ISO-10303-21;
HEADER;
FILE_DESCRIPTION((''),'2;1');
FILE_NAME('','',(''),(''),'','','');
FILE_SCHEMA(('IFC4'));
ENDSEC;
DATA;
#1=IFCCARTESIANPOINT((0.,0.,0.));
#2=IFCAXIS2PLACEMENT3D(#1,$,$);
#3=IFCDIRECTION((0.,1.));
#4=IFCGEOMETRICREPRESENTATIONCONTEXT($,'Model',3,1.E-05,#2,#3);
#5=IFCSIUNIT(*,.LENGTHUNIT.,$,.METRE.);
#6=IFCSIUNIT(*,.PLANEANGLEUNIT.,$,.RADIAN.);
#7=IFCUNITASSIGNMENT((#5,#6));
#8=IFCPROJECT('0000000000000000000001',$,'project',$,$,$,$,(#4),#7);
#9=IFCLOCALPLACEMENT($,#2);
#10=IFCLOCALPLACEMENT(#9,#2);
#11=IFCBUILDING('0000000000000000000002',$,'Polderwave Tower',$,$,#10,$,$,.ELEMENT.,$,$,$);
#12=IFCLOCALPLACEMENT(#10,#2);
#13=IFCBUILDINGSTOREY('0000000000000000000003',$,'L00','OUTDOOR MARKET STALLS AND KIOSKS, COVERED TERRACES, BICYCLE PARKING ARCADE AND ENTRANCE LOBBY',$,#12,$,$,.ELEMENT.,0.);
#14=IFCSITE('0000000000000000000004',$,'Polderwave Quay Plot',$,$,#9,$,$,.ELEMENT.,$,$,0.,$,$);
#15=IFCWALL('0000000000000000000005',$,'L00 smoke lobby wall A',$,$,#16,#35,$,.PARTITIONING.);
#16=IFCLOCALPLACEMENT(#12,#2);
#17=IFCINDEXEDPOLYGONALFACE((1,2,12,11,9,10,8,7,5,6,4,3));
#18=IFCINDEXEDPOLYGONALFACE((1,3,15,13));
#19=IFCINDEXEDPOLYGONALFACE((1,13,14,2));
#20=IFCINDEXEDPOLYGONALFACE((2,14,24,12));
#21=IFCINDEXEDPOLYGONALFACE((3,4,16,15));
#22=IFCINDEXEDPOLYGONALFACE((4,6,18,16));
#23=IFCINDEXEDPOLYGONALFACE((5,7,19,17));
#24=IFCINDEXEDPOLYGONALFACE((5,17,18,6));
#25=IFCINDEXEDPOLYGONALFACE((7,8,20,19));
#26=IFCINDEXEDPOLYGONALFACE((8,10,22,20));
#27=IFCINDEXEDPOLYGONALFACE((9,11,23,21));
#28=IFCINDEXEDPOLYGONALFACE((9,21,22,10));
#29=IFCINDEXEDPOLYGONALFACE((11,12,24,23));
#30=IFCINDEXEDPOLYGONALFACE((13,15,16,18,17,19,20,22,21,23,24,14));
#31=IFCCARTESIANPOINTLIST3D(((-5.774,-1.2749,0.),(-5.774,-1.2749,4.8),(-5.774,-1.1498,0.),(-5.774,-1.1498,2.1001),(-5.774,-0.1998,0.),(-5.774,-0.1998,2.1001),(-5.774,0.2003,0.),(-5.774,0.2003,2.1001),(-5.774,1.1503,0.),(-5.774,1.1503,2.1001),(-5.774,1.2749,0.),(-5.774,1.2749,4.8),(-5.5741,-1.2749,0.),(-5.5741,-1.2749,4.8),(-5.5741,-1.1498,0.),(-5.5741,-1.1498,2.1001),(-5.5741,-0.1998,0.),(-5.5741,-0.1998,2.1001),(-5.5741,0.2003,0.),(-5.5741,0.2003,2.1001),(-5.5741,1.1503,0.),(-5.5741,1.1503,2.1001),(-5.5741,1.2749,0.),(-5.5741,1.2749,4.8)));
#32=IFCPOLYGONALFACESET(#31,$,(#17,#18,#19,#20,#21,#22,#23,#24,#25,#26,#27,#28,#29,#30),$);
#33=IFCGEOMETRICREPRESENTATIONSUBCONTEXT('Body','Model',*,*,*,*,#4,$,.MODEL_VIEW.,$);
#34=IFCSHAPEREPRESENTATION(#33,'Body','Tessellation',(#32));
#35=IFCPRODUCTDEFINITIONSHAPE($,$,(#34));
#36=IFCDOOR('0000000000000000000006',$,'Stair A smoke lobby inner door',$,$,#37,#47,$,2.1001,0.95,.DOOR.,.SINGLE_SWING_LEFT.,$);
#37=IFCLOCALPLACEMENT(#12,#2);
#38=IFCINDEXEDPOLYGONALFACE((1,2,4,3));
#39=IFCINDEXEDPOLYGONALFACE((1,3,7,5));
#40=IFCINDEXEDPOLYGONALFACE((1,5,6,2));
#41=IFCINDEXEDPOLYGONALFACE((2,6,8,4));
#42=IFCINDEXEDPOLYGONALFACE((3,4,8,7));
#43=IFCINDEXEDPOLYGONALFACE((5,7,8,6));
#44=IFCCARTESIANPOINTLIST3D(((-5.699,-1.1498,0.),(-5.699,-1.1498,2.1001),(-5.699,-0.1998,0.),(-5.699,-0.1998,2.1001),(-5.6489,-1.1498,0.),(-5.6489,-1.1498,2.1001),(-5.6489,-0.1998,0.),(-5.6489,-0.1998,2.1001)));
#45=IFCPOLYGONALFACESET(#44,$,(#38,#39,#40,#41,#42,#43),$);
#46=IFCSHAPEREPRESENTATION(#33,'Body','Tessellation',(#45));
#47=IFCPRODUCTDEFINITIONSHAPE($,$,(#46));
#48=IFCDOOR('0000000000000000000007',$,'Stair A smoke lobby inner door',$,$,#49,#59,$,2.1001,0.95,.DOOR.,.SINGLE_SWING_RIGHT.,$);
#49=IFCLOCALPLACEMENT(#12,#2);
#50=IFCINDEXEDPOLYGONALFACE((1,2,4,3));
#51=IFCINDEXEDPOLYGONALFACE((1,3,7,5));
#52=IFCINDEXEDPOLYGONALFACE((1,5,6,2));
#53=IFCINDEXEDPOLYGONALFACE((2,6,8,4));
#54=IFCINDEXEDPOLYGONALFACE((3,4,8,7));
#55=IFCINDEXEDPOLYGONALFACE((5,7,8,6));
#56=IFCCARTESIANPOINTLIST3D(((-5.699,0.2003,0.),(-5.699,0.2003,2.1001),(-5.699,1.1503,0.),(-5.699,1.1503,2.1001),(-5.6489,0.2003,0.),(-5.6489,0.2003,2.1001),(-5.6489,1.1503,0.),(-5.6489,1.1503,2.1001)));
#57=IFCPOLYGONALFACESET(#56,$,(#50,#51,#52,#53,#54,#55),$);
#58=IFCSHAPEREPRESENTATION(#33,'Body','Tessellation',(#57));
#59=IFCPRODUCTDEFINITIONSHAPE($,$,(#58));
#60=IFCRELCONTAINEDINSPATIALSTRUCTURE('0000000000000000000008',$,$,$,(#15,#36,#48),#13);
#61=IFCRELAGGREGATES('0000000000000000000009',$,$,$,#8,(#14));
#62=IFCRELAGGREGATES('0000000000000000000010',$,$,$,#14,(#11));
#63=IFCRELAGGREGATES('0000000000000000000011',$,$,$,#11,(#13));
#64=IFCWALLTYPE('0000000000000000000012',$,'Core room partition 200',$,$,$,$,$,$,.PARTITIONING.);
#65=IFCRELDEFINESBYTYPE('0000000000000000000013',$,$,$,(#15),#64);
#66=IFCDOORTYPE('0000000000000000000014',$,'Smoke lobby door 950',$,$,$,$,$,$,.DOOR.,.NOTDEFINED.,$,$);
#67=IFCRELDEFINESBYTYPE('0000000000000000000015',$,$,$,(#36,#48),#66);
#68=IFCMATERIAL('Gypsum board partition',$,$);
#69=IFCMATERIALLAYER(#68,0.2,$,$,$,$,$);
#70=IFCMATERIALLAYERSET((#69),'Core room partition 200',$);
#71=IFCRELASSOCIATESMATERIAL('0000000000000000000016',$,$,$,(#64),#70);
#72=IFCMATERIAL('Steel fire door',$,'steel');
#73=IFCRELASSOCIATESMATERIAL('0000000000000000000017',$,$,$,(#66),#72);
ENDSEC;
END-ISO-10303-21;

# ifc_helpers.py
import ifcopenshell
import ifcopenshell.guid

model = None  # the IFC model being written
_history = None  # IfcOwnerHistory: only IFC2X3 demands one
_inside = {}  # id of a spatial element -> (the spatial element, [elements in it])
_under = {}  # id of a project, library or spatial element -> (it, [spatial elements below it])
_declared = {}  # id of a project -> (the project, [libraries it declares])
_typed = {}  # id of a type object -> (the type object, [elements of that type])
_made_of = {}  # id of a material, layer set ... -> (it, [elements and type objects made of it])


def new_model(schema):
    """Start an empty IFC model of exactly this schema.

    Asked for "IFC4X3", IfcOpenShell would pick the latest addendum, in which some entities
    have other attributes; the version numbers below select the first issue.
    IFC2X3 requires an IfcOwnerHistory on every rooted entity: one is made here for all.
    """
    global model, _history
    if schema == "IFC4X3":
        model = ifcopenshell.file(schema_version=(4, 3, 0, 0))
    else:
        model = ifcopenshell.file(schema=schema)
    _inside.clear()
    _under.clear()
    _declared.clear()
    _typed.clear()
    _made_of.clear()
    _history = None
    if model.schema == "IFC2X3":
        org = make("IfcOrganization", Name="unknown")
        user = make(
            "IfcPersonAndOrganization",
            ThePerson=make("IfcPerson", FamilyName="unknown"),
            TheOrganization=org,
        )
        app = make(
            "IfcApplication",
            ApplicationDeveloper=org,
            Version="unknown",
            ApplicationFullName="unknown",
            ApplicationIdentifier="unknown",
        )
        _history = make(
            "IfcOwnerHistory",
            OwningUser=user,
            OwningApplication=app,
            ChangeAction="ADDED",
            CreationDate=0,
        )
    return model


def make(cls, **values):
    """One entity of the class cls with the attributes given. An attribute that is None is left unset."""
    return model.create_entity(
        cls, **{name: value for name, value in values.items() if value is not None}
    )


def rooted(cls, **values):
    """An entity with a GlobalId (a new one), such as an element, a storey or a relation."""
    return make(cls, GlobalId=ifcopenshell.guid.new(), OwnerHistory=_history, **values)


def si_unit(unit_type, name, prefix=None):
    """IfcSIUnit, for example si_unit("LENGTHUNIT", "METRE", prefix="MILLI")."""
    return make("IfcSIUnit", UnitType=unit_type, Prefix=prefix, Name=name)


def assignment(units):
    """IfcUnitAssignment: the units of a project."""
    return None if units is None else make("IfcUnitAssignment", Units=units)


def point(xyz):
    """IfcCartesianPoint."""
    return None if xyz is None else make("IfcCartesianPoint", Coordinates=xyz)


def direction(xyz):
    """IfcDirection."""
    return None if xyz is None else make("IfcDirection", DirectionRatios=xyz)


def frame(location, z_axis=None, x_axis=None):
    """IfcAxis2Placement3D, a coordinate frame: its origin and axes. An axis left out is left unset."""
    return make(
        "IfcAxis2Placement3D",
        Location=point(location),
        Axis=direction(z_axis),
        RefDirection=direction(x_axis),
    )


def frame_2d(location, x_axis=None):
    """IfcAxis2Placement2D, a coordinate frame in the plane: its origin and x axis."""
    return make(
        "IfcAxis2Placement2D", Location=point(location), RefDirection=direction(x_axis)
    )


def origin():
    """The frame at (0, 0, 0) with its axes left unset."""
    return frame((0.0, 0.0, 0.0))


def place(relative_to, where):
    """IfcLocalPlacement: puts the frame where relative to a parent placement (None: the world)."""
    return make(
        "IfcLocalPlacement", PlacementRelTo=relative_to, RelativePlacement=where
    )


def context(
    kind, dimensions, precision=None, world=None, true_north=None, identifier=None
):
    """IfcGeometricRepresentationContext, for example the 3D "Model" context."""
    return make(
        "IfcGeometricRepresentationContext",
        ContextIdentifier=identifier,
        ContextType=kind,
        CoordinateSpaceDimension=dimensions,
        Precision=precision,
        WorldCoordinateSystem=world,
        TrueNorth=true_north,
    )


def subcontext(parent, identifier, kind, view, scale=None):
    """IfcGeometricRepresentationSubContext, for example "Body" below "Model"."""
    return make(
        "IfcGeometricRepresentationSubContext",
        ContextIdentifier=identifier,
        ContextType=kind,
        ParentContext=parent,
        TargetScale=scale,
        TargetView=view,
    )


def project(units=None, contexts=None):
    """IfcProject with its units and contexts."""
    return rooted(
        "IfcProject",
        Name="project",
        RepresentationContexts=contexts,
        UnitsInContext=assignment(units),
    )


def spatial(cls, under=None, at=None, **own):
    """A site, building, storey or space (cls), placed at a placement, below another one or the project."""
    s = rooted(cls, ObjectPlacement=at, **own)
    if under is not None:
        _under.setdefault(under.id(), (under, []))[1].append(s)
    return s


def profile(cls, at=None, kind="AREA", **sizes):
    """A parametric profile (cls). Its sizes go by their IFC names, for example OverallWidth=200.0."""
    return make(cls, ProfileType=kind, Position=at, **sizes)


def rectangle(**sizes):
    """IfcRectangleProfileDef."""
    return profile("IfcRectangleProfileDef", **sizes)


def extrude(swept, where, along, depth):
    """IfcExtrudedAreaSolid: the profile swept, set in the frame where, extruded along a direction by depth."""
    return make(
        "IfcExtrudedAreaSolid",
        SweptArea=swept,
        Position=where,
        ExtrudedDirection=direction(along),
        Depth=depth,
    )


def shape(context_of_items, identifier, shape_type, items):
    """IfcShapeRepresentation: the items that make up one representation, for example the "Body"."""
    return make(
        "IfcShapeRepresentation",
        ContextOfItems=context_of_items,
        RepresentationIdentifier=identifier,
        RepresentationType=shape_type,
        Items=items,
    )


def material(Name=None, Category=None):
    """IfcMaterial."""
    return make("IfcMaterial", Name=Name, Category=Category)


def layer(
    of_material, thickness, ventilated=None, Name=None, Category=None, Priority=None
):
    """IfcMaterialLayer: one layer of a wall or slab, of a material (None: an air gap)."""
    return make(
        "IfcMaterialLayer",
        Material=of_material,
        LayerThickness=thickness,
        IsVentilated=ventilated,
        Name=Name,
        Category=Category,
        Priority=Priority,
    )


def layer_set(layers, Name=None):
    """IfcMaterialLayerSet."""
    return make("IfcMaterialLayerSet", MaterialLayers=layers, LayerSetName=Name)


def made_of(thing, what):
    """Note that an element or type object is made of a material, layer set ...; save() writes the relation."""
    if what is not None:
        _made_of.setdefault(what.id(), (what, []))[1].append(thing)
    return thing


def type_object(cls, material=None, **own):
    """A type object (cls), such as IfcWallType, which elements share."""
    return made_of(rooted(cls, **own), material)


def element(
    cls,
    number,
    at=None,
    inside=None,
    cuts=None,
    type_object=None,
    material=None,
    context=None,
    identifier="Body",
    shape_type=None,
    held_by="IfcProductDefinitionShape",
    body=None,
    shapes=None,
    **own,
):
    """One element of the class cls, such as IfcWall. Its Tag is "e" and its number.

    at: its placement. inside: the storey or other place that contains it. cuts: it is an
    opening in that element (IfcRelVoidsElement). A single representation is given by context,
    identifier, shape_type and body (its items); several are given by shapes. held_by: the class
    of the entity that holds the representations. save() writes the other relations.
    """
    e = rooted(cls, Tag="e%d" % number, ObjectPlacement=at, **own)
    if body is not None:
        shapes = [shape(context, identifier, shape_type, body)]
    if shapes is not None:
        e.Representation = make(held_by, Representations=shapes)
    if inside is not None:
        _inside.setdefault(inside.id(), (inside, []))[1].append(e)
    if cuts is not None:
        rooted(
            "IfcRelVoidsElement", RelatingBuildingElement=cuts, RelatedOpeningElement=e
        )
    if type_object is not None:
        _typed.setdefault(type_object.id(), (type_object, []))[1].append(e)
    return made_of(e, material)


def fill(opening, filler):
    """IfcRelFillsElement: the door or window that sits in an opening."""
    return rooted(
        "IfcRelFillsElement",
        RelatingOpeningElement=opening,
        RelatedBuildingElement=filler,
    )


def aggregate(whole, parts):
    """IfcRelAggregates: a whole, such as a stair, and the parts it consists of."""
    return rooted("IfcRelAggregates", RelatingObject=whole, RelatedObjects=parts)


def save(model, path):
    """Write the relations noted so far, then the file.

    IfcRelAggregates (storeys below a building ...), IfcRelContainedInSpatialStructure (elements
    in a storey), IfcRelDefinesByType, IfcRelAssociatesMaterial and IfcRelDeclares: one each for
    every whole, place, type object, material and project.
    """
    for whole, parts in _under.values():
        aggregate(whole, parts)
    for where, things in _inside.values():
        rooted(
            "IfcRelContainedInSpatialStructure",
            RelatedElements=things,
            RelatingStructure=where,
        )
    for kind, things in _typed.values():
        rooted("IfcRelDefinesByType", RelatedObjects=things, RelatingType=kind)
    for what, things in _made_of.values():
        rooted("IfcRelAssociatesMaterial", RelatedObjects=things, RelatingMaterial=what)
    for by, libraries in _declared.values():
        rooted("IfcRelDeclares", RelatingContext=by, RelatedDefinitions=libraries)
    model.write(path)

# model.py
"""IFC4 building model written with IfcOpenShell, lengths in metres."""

from ifc_helpers import new_model, si_unit, direction, frame, frame_2d, origin, place, context, subcontext, project, spatial, rectangle, extrude, material, layer, layer_set, type_object, element, fill, save


model = new_model("IFC4")

# Units and contexts
model_context = context("Model", 3, precision=1e-05, world=origin(), true_north=direction((0.0, 1.0)))
body_context = subcontext(model_context, "Body", "Model", "MODEL_VIEW")
ifc_project = project(units=[si_unit("LENGTHUNIT", "METRE"), si_unit("PLANEANGLEUNIT", "RADIAN")], contexts=[model_context])

# Site, building, storey
site_placement = place(None, origin())
site = spatial("IfcSite", under=ifc_project, at=site_placement, Name="Polderwave Quay Plot", CompositionType="ELEMENT", RefElevation=0.0)
building_placement = place(site_placement, origin())
building = spatial("IfcBuilding", under=site, at=building_placement, Name="Polderwave Tower", CompositionType="ELEMENT")
storey_placement = place(building_placement, origin())
storey = spatial("IfcBuildingStorey", under=building, at=storey_placement, Name="L00", Description="OUTDOOR MARKET STALLS AND KIOSKS, COVERED TERRACES, BICYCLE PARKING ARCADE AND ENTRANCE LOBBY", CompositionType="ELEMENT", Elevation=0.0)

# Wall, openings, doors
ifc_material_1 = material(Name="Gypsum board partition")
ifc_layer_1 = layer(ifc_material_1, 0.2)
ifc_layer_set_1 = layer_set([ifc_layer_1], Name="Core room partition 200")
wall_type_1 = type_object("IfcWallType", Name="Core room partition 200", PredefinedType="PARTITIONING", material=ifc_layer_set_1)
wall_1_placement = place(storey_placement, frame((-5.6741, -1.2749, 0.0), z_axis=(0.0, 0.0, 1.0), x_axis=(0.0, 1.0, 0.0)))
wall_1 = element("IfcWall", 1, at=wall_1_placement, inside=storey, type_object=wall_type_1, Name="L00 smoke lobby wall A", PredefinedType="PARTITIONING", context=body_context, shape_type="SweptSolid", body=[
    extrude(rectangle(XDim=2.5498, YDim=0.2, at=frame_2d((1.2749, 0.0))), origin(), (0.0, 0.0, 1.0), 4.8),
])
opening_1_placement = place(wall_1_placement, frame((0.125, 0.0, 0.0)))
opening_1 = element("IfcOpeningElement", 2, at=opening_1_placement, cuts=wall_1, PredefinedType="OPENING", context=body_context, shape_type="SweptSolid", body=[
    extrude(rectangle(XDim=0.95, YDim=2.1001, at=frame_2d((0.4751, 1.05))), frame((0.0, 0.1099, 0.0), z_axis=(0.0, -1.0, 0.0), x_axis=(1.0, 0.0, 0.0)), (0.0, 0.0, 1.0), 0.22),
])
opening_2_placement = place(wall_1_placement, frame((1.4751, 0.0, 0.0)))
opening_2 = element("IfcOpeningElement", 3, at=opening_2_placement, cuts=wall_1, PredefinedType="OPENING", context=body_context, shape_type="SweptSolid", body=[
    extrude(rectangle(XDim=0.95, YDim=2.1001, at=frame_2d((0.4751, 1.05))), frame((0.0, 0.1099, 0.0), z_axis=(0.0, -1.0, 0.0), x_axis=(1.0, 0.0, 0.0)), (0.0, 0.0, 1.0), 0.22),
])
ifc_material_2 = material(Name="Steel fire door", Category="steel")
door_type_1 = type_object("IfcDoorType", Name="Smoke lobby door 950", OperationType="NOTDEFINED", PredefinedType="DOOR", material=ifc_material_2)
door_1_placement = place(opening_1_placement, origin())
door_1 = element("IfcDoor", 4, at=door_1_placement, inside=storey, type_object=door_type_1, Name="Stair A smoke lobby inner door", OperationType="SINGLE_SWING_LEFT", OverallHeight=2.1001, OverallWidth=0.95, PredefinedType="DOOR", context=body_context, shape_type="SweptSolid", body=[
    extrude(rectangle(XDim=0.95, YDim=2.1001, at=frame_2d((0.4751, 1.05))), frame((0.0, 0.0249, 0.0), z_axis=(0.0, -1.0, 0.0), x_axis=(1.0, 0.0, 0.0)), (0.0, 0.0, 1.0), 0.05),
])
fill(opening_1, door_1)
door_2_placement = place(opening_2_placement, origin())
door_2 = element("IfcDoor", 5, at=door_2_placement, inside=storey, type_object=door_type_1, Name="Stair A smoke lobby inner door", OperationType="SINGLE_SWING_RIGHT", OverallHeight=2.1001, OverallWidth=0.95, PredefinedType="DOOR", context=body_context, shape_type="SweptSolid", body=[
    extrude(rectangle(XDim=0.95, YDim=2.1001, at=frame_2d((0.4751, 1.05))), frame((0.0, 0.0249, 0.0), z_axis=(0.0, -1.0, 0.0), x_axis=(1.0, 0.0, 0.0)), (0.0, 0.0, 1.0), 0.05),
])
fill(opening_2, door_2)

save(model, "model.ifc")
